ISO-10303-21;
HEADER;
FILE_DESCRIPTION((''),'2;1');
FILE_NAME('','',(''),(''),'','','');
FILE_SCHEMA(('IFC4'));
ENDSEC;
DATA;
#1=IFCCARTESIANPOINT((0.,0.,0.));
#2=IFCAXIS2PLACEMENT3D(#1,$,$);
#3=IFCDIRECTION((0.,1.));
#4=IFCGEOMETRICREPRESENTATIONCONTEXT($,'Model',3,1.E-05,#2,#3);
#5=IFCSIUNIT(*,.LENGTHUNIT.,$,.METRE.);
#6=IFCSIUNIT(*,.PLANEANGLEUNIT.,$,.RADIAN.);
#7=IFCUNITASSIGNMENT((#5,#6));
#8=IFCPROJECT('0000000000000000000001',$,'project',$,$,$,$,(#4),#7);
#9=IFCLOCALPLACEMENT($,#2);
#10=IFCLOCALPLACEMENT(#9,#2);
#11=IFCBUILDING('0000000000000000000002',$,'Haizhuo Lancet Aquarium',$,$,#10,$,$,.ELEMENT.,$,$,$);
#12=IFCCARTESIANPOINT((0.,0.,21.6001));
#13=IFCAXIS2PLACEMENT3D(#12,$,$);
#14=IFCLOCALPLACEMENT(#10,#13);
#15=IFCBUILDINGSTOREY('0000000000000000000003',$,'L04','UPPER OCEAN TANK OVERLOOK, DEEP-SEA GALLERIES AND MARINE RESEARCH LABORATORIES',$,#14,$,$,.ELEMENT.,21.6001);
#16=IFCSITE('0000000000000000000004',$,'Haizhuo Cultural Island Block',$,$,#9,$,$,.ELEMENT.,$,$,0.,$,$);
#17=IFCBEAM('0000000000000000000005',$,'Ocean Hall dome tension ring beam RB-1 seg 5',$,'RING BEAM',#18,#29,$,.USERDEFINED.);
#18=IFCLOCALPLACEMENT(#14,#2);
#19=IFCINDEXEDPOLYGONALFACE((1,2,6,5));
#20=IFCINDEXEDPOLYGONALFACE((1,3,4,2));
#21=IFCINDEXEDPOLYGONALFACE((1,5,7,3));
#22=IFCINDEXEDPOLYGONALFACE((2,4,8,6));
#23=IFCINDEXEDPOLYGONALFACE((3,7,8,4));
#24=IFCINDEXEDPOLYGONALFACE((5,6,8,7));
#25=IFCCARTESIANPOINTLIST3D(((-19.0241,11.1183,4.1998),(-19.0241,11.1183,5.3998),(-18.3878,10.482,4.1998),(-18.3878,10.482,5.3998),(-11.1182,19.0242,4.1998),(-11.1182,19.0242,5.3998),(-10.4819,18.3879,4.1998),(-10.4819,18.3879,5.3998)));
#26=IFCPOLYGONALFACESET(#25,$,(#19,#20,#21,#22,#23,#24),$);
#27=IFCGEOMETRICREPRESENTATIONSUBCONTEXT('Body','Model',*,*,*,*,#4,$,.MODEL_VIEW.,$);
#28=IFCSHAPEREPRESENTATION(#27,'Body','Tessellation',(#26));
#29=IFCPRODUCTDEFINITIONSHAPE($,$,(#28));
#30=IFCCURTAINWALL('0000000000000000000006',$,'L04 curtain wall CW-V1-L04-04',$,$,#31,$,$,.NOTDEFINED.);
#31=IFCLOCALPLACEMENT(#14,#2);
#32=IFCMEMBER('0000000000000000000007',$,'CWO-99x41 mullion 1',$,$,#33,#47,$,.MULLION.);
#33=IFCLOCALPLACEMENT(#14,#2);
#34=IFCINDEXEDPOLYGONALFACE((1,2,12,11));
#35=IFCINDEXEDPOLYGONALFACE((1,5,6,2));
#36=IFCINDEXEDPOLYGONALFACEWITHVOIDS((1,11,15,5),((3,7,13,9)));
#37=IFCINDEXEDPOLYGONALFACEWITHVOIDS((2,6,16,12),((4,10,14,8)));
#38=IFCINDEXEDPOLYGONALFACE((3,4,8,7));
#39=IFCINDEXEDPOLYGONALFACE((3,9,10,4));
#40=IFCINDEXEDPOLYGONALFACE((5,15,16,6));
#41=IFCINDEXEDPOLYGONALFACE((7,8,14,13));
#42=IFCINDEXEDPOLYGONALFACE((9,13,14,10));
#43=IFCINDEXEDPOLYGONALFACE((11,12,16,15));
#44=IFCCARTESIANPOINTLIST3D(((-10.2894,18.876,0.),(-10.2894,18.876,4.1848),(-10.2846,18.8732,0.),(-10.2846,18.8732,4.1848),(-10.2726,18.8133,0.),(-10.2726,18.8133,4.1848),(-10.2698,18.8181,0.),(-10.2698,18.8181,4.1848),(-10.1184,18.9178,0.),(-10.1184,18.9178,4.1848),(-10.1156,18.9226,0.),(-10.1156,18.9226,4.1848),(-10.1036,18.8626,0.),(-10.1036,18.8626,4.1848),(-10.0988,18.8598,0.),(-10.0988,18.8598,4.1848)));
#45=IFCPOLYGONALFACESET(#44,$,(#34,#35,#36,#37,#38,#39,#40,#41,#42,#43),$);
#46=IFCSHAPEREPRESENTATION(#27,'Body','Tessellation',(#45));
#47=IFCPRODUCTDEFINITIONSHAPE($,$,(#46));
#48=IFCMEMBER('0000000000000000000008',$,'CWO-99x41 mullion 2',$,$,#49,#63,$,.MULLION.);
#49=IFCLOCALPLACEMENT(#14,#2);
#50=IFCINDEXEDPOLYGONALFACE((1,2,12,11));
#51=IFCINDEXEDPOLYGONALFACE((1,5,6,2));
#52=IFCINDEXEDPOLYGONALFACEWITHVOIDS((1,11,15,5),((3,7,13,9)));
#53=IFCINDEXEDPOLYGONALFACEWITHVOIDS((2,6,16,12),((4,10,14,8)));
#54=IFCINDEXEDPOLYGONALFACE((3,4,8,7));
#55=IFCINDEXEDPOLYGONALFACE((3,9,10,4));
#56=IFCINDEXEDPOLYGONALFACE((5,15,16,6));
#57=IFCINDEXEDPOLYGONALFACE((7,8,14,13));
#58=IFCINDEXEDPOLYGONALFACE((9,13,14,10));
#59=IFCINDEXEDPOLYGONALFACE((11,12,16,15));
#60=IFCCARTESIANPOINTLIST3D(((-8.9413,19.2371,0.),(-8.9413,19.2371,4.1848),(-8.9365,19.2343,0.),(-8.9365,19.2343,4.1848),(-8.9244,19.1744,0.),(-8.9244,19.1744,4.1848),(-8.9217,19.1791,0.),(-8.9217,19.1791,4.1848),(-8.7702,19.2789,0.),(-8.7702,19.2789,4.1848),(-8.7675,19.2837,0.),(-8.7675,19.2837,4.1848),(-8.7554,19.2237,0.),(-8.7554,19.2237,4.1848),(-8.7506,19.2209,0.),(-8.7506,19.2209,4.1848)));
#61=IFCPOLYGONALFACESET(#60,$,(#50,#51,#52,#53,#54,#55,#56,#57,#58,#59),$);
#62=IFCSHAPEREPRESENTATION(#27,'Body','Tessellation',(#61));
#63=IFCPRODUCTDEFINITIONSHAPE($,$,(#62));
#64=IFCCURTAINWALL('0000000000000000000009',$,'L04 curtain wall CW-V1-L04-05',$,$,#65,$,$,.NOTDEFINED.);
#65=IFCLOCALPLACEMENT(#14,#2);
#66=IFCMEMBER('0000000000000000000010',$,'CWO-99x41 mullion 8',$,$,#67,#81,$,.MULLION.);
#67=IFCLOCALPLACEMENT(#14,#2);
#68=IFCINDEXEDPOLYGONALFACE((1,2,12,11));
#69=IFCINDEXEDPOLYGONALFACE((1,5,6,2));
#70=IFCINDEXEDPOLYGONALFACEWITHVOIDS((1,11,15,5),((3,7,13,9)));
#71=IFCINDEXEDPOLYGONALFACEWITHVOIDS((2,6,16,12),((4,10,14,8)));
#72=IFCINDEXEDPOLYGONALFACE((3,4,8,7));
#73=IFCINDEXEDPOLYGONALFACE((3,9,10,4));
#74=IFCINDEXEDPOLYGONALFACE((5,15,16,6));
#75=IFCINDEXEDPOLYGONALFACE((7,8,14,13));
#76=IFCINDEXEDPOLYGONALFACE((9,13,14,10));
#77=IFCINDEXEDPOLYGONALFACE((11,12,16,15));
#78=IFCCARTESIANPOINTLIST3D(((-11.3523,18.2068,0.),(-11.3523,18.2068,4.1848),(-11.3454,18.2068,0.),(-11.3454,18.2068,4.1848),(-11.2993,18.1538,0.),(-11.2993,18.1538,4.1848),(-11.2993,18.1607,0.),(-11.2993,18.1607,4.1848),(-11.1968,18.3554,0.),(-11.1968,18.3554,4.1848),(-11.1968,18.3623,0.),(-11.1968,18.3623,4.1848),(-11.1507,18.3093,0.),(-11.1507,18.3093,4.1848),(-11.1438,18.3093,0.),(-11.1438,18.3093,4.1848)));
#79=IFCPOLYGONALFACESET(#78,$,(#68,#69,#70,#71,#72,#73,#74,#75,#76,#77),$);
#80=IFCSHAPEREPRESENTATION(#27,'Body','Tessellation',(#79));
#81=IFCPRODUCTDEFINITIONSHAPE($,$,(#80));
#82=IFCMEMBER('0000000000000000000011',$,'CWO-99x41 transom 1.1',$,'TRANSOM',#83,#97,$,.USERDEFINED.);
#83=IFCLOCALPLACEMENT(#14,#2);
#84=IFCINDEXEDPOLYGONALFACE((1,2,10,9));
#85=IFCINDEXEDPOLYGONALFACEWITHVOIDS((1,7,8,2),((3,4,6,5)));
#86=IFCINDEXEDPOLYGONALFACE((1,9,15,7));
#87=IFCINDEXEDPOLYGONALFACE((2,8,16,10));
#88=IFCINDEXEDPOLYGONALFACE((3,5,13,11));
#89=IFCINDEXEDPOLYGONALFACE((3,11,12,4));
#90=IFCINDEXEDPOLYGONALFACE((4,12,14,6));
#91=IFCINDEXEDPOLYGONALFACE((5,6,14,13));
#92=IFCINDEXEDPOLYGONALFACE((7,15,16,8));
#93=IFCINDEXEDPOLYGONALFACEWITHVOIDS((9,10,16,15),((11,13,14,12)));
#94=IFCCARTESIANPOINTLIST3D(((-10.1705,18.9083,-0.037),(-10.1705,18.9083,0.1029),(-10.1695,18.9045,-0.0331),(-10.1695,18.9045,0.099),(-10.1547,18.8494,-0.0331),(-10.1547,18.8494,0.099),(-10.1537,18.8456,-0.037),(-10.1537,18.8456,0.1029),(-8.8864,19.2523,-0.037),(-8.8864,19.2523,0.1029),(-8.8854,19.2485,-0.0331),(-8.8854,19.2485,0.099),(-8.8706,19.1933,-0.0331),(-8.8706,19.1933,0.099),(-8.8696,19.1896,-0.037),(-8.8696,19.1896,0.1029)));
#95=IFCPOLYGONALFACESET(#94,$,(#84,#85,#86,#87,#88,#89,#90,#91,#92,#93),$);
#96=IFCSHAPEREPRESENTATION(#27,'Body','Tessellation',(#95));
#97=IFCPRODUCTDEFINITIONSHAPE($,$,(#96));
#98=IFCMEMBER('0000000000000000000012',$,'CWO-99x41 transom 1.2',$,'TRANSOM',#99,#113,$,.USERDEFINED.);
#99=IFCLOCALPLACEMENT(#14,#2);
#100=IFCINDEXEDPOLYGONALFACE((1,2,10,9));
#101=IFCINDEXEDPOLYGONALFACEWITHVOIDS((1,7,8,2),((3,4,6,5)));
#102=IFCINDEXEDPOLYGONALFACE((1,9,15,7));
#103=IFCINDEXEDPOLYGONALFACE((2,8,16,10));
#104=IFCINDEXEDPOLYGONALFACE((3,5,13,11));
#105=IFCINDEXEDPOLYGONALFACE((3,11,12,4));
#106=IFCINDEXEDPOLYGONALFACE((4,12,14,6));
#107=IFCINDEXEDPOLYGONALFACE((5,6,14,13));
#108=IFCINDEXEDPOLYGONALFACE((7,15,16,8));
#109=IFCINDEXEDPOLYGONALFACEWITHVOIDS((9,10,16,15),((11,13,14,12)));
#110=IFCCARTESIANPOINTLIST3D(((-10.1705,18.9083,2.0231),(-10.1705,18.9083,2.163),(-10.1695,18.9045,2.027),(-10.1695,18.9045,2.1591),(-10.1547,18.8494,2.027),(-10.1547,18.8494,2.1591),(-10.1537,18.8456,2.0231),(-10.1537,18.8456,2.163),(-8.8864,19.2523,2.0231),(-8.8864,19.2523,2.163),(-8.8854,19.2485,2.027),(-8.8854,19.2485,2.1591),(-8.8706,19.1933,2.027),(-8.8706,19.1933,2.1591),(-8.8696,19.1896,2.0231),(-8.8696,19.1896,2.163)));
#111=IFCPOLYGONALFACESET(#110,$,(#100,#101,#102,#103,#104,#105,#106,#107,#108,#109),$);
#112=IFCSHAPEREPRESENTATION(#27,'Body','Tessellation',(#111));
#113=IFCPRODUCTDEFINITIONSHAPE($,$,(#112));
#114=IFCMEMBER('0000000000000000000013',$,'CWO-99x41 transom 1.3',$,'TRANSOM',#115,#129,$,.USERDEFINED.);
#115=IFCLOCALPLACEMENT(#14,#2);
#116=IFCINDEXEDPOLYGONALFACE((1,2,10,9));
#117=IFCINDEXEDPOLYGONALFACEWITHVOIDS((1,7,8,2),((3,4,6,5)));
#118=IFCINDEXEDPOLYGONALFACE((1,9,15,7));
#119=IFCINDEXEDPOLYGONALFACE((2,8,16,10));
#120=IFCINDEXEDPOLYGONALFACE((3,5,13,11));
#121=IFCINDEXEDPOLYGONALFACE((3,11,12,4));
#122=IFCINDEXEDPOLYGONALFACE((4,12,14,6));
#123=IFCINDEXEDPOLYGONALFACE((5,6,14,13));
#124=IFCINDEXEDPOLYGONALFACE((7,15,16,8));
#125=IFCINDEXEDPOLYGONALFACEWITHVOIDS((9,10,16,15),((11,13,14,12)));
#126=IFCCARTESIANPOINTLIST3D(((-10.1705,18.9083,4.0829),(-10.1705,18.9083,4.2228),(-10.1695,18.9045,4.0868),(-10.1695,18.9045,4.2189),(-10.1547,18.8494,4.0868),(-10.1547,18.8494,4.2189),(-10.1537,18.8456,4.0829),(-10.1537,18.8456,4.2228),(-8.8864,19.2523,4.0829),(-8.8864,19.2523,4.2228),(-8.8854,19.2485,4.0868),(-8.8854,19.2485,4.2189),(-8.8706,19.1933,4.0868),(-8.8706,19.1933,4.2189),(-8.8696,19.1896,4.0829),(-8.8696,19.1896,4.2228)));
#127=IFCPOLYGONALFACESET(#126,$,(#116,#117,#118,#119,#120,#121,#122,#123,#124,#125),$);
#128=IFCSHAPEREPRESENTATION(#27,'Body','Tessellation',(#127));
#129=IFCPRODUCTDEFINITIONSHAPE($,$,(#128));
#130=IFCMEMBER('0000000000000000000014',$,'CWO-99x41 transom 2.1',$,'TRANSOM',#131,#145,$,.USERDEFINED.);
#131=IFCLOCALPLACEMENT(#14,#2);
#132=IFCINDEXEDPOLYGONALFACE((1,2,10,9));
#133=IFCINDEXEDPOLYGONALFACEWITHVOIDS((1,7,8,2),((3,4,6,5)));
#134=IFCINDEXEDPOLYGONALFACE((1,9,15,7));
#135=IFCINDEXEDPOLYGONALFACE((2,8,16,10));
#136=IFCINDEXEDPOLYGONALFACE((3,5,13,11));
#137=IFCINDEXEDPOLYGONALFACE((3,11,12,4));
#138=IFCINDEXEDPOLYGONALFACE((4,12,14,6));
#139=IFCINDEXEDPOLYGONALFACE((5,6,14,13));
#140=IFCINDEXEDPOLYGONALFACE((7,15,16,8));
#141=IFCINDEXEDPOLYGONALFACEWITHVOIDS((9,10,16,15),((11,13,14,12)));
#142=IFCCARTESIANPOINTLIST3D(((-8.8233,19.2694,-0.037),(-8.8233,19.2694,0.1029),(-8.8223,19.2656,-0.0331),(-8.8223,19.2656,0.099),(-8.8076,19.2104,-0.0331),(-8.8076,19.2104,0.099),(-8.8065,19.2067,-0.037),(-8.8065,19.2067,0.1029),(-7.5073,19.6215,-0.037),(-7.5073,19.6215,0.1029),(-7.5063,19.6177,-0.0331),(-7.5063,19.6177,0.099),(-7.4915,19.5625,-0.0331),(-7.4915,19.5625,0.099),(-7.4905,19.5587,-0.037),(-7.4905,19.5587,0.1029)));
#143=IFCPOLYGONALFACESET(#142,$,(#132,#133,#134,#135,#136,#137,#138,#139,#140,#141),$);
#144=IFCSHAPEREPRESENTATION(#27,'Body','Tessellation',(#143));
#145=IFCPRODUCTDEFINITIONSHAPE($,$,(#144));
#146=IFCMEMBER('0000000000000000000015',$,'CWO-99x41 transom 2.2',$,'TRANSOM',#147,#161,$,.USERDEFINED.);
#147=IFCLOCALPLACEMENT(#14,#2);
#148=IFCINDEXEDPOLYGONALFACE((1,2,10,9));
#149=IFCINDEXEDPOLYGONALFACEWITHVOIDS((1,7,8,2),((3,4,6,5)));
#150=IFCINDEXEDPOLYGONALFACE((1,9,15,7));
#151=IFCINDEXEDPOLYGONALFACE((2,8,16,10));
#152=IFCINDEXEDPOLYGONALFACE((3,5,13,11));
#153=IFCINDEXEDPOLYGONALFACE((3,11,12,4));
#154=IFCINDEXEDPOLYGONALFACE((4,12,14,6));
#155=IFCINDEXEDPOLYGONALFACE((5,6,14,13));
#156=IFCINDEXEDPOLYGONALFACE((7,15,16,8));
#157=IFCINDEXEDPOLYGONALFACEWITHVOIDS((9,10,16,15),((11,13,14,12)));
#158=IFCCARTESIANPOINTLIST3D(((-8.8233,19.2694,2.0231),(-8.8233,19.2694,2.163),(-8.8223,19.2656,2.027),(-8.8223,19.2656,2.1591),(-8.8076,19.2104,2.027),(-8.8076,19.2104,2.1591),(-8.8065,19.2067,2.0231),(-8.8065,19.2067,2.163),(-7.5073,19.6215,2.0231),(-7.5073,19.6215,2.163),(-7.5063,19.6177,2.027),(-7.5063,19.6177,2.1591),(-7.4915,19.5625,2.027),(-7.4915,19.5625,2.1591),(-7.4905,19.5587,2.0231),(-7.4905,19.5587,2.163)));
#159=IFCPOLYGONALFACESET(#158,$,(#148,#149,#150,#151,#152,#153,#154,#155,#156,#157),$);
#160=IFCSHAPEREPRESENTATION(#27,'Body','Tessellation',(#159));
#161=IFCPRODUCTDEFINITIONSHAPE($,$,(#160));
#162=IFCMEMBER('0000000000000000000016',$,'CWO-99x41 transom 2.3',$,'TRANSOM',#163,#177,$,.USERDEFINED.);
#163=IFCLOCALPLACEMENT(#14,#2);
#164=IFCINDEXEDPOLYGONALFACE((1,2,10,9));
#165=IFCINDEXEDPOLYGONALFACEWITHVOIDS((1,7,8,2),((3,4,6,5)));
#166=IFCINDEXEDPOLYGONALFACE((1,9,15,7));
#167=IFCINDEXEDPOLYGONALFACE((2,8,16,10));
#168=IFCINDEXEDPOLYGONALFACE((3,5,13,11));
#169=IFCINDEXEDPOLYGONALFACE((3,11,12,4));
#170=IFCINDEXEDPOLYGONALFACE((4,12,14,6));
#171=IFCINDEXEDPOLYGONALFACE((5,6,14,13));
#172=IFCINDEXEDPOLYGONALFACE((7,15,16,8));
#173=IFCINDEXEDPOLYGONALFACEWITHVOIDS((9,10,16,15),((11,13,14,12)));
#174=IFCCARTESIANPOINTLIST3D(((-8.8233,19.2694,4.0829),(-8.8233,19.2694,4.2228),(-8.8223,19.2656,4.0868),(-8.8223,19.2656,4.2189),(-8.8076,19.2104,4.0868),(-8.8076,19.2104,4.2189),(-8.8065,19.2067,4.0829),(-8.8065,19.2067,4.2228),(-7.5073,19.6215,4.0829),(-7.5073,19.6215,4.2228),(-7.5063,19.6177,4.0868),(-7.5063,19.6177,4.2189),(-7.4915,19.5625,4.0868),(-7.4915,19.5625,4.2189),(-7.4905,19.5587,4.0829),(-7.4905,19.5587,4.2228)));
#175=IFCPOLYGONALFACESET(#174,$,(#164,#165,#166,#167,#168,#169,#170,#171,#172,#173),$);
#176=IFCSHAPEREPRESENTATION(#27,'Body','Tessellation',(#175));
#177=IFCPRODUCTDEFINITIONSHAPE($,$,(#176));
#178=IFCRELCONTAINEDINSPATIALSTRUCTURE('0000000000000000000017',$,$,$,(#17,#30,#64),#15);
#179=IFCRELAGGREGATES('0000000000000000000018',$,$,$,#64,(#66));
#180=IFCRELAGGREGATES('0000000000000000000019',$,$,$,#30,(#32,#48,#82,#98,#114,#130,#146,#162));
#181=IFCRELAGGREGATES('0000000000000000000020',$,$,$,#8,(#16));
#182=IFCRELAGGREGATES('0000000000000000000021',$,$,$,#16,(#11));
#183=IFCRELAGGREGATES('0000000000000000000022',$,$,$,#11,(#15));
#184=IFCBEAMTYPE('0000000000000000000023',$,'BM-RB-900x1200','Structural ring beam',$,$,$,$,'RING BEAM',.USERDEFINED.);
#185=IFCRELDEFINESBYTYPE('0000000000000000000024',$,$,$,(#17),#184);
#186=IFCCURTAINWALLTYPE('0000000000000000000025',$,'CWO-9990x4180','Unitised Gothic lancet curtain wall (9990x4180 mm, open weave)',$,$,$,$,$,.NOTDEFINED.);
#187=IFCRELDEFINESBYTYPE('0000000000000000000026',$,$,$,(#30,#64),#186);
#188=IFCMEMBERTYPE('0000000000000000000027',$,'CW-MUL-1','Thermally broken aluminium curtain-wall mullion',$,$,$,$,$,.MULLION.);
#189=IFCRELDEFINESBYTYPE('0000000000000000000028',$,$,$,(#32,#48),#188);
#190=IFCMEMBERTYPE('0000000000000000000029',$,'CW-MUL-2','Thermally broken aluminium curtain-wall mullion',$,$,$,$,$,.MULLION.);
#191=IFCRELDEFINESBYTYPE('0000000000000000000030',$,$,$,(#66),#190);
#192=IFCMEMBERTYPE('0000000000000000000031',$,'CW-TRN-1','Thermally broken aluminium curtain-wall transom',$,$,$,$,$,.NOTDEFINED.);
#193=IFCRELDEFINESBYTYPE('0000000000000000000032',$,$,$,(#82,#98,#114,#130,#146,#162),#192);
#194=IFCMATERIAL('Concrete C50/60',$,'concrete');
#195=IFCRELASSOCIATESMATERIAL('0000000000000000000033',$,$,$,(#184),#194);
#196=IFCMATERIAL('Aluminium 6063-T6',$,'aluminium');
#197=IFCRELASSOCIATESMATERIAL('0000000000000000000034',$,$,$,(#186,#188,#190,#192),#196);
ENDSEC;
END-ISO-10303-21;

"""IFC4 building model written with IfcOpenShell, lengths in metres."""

from ifc_helpers import new_model, si_unit, direction, frame, origin, origin_2d, place, context, subcontext, project, spatial, rectangle, hollow_rectangle, extrude, material, material_profile, profile_set, type_object, element, aggregate, save


model = new_model("IFC4")

# Units and contexts
model_context = context("Model", 3, precision=1e-05, world=origin(), true_north=direction((0.0, 1.0)))
body_context = subcontext(model_context, "Body", "Model", "MODEL_VIEW")
ifc_project = project(units=[si_unit("LENGTHUNIT", "METRE"), si_unit("PLANEANGLEUNIT", "RADIAN")], contexts=[model_context])

# Site, building, storey
site_placement = place(None, origin())
site = spatial("IfcSite", under=ifc_project, at=site_placement, Name="Haizhuo Cultural Island Block", CompositionType="ELEMENT", RefElevation=0.0)
building_placement = place(site_placement, origin())
building = spatial("IfcBuilding", under=site, at=building_placement, Name="Haizhuo Lancet Aquarium", CompositionType="ELEMENT")
storey_placement = place(building_placement, frame((0.0, 0.0, 21.6001)))
storey = spatial("IfcBuildingStorey", under=building, at=storey_placement, Name="L04", Description="UPPER OCEAN TANK OVERLOOK, DEEP-SEA GALLERIES AND MARINE RESEARCH LABORATORIES", CompositionType="ELEMENT", Elevation=21.6001)

# Shared definitions
ifc_material_1 = material(Name="Concrete C50/60", Category="concrete")

# Beam
ifc_material_profile_1 = material_profile(ifc_material_1, rectangle(XDim=0.8999, YDim=1.2, at=origin_2d()), Name="RC-RB 900x1200")
ifc_profile_set_1 = profile_set([ifc_material_profile_1], Name="Concrete C50/60")
beam_type = type_object("IfcBeamType", Name="BM-RB-900x1200", Description="Structural ring beam", ElementType="RING BEAM", PredefinedType="USERDEFINED", material=ifc_profile_set_1)
beam_placement = place(storey_placement, frame((-10.8, 18.7061, 4.7998), z_axis=(-0.707107, -0.707107, 0.0), x_axis=(0.707107, -0.707107, 0.0)))
element("IfcBeam", 1, at=beam_placement, inside=storey, type_object=beam_type, Name="Ocean Hall dome tension ring beam RB-1 seg 5", ObjectType="RING BEAM", PredefinedType="USERDEFINED", context=body_context, shape_type="SweptSolid", body=[
    extrude(rectangle(XDim=0.8999, YDim=1.2, at=origin_2d()), origin(), (0.0, 0.0, 1.0), 11.1807),
])

# Curtain wall, members
ifc_material_2 = material(Name="Aluminium 6063-T6", Category="aluminium")
curtain_wall_type = type_object("IfcCurtainWallType", Name="CWO-9990x4180", Description="Unitised Gothic lancet curtain wall (9990x4180 mm, open weave)", PredefinedType="NOTDEFINED", material=ifc_material_2)
curtain_wall_1_placement = place(storey_placement, origin())
curtain_wall_1 = element("IfcCurtainWall", 2, at=curtain_wall_1_placement, inside=storey, type_object=curtain_wall_type, Name="L04 curtain wall CW-V1-L04-04", PredefinedType="NOTDEFINED")
ifc_material_profile_2 = material_profile(ifc_material_2, hollow_rectangle(XDim=0.0649, YDim=0.1799, WallThickness=0.0039, at=origin_2d()), Name="ALU-M 65x180x4")
ifc_profile_set_2 = profile_set([ifc_material_profile_2], Name="Aluminium 6063-T6")
member_type_1 = type_object("IfcMemberType", Name="CW-MUL-1", Description="Thermally broken aluminium curtain-wall mullion", PredefinedType="MULLION", material=ifc_profile_set_2)
member_1_placement = place(storey_placement, frame((-10.1941, 18.8679, 0.0), z_axis=(0.0, 0.0, 1.0), x_axis=(-0.258853, 0.965917, 0.0)))
member_1 = element("IfcMember", 3, at=member_1_placement, type_object=member_type_1, Name="CWO-99x41 mullion 1", PredefinedType="MULLION", context=body_context, shape_type="SweptSolid", body=[
    extrude(hollow_rectangle(XDim=0.0649, YDim=0.1799, WallThickness=0.0039, at=origin_2d()), origin(), (0.0, 0.0, 1.0), 4.1848),
])
member_2_placement = place(storey_placement, frame((-8.8459, 19.229, 0.0), z_axis=(0.0, 0.0, 1.0), x_axis=(-0.258853, 0.965917, 0.0)))
member_2 = element("IfcMember", 4, at=member_2_placement, type_object=member_type_1, Name="CWO-99x41 mullion 2", PredefinedType="MULLION", context=body_context, shape_type="SweptSolid", body=[
    extrude(hollow_rectangle(XDim=0.0649, YDim=0.1799, WallThickness=0.0039, at=origin_2d()), origin(), (0.0, 0.0, 1.0), 4.1848),
])

# Curtain wall, member
curtain_wall_2_placement = place(storey_placement, origin())
curtain_wall_2 = element("IfcCurtainWall", 5, at=curtain_wall_2_placement, inside=storey, type_object=curtain_wall_type, Name="L04 curtain wall CW-V1-L04-05", PredefinedType="NOTDEFINED")
ifc_material_profile_3 = material_profile(ifc_material_2, hollow_rectangle(XDim=0.075, YDim=0.22, WallThickness=0.0049, at=origin_2d()), Name="ALU-M 75x220x5")
ifc_profile_set_3 = profile_set([ifc_material_profile_3], Name="Aluminium 6063-T6")
member_type_2 = type_object("IfcMemberType", Name="CW-MUL-2", Description="Thermally broken aluminium curtain-wall mullion", PredefinedType="MULLION", material=ifc_profile_set_3)
member_3_placement = place(storey_placement, frame((-11.248, 18.2581, 0.0), z_axis=(0.0, 0.0, 1.0), x_axis=(-0.707107, 0.707107, 0.0)))
member_3 = element("IfcMember", 6, at=member_3_placement, type_object=member_type_2, Name="CWO-99x41 mullion 8", PredefinedType="MULLION", context=body_context, shape_type="SweptSolid", body=[
    extrude(hollow_rectangle(XDim=0.075, YDim=0.22, WallThickness=0.0049, at=origin_2d()), origin(), (0.0, 0.0, 1.0), 4.1848),
])

# Members
ifc_material_profile_4 = material_profile(ifc_material_2, hollow_rectangle(XDim=0.0649, YDim=0.1399, WallThickness=0.0039, at=origin_2d()), Name="ALU-T 65x140x4")
ifc_profile_set_4 = profile_set([ifc_material_profile_4], Name="Aluminium 6063-T6")
member_type_3 = type_object("IfcMemberType", Name="CW-TRN-1", Description="Thermally broken aluminium curtain-wall transom", PredefinedType="NOTDEFINED", material=ifc_profile_set_4)
member_4_placement = place(storey_placement, frame((-10.1621, 18.877, 0.033), z_axis=(0.965945, 0.258748, 0.0), x_axis=(-0.258748, 0.965945, 0.0)))
member_4 = element("IfcMember", 7, at=member_4_placement, type_object=member_type_3, Name="CWO-99x41 transom 1.1", ObjectType="TRANSOM", PredefinedType="USERDEFINED", context=body_context, shape_type="SweptSolid", body=[
    extrude(hollow_rectangle(XDim=0.0649, YDim=0.1399, WallThickness=0.0039, at=origin_2d()), origin(), (0.0, 0.0, 1.0), 1.3293),
])
member_5_placement = place(storey_placement, frame((-10.1621, 18.877, 2.093), z_axis=(0.965945, 0.258748, 0.0), x_axis=(-0.258748, 0.965945, 0.0)))
member_5 = element("IfcMember", 8, at=member_5_placement, type_object=member_type_3, Name="CWO-99x41 transom 1.2", ObjectType="TRANSOM", PredefinedType="USERDEFINED", context=body_context, shape_type="SweptSolid", body=[
    extrude(hollow_rectangle(XDim=0.0649, YDim=0.1399, WallThickness=0.0039, at=origin_2d()), origin(), (0.0, 0.0, 1.0), 1.3293),
])
member_6_placement = place(storey_placement, frame((-10.1621, 18.877, 4.1528), z_axis=(0.965945, 0.258748, 0.0), x_axis=(-0.258748, 0.965945, 0.0)))
member_6 = element("IfcMember", 9, at=member_6_placement, type_object=member_type_3, Name="CWO-99x41 transom 1.3", ObjectType="TRANSOM", PredefinedType="USERDEFINED", context=body_context, shape_type="SweptSolid", body=[
    extrude(hollow_rectangle(XDim=0.0649, YDim=0.1399, WallThickness=0.0039, at=origin_2d()), origin(), (0.0, 0.0, 1.0), 1.3293),
])
member_7_placement = place(storey_placement, frame((-8.8149, 19.238, 0.033), z_axis=(0.966026, 0.258443, 0.0), x_axis=(-0.258443, 0.966026, 0.0)))
member_7 = element("IfcMember", 10, at=member_7_placement, type_object=member_type_3, Name="CWO-99x41 transom 2.1", ObjectType="TRANSOM", PredefinedType="USERDEFINED", context=body_context, shape_type="SweptSolid", body=[
    extrude(hollow_rectangle(XDim=0.0649, YDim=0.1399, WallThickness=0.0039, at=origin_2d()), origin(), (0.0, 0.0, 1.0), 1.3623),
])
member_8_placement = place(storey_placement, frame((-8.8149, 19.238, 2.093), z_axis=(0.966026, 0.258443, 0.0), x_axis=(-0.258443, 0.966026, 0.0)))
member_8 = element("IfcMember", 11, at=member_8_placement, type_object=member_type_3, Name="CWO-99x41 transom 2.2", ObjectType="TRANSOM", PredefinedType="USERDEFINED", context=body_context, shape_type="SweptSolid", body=[
    extrude(hollow_rectangle(XDim=0.0649, YDim=0.1399, WallThickness=0.0039, at=origin_2d()), origin(), (0.0, 0.0, 1.0), 1.3623),
])
member_9_placement = place(storey_placement, frame((-8.8149, 19.238, 4.1528), z_axis=(0.966026, 0.258443, 0.0), x_axis=(-0.258443, 0.966026, 0.0)))
member_9 = element("IfcMember", 12, at=member_9_placement, type_object=member_type_3, Name="CWO-99x41 transom 2.3", ObjectType="TRANSOM", PredefinedType="USERDEFINED", context=body_context, shape_type="SweptSolid", body=[
    extrude(hollow_rectangle(XDim=0.0649, YDim=0.1399, WallThickness=0.0039, at=origin_2d()), origin(), (0.0, 0.0, 1.0), 1.3623),
])

aggregate(curtain_wall_2, [member_3])
aggregate(curtain_wall_1, [member_1, member_2, member_4, member_5, member_6, member_7, member_8, member_9])

save(model, "model.ifc")
